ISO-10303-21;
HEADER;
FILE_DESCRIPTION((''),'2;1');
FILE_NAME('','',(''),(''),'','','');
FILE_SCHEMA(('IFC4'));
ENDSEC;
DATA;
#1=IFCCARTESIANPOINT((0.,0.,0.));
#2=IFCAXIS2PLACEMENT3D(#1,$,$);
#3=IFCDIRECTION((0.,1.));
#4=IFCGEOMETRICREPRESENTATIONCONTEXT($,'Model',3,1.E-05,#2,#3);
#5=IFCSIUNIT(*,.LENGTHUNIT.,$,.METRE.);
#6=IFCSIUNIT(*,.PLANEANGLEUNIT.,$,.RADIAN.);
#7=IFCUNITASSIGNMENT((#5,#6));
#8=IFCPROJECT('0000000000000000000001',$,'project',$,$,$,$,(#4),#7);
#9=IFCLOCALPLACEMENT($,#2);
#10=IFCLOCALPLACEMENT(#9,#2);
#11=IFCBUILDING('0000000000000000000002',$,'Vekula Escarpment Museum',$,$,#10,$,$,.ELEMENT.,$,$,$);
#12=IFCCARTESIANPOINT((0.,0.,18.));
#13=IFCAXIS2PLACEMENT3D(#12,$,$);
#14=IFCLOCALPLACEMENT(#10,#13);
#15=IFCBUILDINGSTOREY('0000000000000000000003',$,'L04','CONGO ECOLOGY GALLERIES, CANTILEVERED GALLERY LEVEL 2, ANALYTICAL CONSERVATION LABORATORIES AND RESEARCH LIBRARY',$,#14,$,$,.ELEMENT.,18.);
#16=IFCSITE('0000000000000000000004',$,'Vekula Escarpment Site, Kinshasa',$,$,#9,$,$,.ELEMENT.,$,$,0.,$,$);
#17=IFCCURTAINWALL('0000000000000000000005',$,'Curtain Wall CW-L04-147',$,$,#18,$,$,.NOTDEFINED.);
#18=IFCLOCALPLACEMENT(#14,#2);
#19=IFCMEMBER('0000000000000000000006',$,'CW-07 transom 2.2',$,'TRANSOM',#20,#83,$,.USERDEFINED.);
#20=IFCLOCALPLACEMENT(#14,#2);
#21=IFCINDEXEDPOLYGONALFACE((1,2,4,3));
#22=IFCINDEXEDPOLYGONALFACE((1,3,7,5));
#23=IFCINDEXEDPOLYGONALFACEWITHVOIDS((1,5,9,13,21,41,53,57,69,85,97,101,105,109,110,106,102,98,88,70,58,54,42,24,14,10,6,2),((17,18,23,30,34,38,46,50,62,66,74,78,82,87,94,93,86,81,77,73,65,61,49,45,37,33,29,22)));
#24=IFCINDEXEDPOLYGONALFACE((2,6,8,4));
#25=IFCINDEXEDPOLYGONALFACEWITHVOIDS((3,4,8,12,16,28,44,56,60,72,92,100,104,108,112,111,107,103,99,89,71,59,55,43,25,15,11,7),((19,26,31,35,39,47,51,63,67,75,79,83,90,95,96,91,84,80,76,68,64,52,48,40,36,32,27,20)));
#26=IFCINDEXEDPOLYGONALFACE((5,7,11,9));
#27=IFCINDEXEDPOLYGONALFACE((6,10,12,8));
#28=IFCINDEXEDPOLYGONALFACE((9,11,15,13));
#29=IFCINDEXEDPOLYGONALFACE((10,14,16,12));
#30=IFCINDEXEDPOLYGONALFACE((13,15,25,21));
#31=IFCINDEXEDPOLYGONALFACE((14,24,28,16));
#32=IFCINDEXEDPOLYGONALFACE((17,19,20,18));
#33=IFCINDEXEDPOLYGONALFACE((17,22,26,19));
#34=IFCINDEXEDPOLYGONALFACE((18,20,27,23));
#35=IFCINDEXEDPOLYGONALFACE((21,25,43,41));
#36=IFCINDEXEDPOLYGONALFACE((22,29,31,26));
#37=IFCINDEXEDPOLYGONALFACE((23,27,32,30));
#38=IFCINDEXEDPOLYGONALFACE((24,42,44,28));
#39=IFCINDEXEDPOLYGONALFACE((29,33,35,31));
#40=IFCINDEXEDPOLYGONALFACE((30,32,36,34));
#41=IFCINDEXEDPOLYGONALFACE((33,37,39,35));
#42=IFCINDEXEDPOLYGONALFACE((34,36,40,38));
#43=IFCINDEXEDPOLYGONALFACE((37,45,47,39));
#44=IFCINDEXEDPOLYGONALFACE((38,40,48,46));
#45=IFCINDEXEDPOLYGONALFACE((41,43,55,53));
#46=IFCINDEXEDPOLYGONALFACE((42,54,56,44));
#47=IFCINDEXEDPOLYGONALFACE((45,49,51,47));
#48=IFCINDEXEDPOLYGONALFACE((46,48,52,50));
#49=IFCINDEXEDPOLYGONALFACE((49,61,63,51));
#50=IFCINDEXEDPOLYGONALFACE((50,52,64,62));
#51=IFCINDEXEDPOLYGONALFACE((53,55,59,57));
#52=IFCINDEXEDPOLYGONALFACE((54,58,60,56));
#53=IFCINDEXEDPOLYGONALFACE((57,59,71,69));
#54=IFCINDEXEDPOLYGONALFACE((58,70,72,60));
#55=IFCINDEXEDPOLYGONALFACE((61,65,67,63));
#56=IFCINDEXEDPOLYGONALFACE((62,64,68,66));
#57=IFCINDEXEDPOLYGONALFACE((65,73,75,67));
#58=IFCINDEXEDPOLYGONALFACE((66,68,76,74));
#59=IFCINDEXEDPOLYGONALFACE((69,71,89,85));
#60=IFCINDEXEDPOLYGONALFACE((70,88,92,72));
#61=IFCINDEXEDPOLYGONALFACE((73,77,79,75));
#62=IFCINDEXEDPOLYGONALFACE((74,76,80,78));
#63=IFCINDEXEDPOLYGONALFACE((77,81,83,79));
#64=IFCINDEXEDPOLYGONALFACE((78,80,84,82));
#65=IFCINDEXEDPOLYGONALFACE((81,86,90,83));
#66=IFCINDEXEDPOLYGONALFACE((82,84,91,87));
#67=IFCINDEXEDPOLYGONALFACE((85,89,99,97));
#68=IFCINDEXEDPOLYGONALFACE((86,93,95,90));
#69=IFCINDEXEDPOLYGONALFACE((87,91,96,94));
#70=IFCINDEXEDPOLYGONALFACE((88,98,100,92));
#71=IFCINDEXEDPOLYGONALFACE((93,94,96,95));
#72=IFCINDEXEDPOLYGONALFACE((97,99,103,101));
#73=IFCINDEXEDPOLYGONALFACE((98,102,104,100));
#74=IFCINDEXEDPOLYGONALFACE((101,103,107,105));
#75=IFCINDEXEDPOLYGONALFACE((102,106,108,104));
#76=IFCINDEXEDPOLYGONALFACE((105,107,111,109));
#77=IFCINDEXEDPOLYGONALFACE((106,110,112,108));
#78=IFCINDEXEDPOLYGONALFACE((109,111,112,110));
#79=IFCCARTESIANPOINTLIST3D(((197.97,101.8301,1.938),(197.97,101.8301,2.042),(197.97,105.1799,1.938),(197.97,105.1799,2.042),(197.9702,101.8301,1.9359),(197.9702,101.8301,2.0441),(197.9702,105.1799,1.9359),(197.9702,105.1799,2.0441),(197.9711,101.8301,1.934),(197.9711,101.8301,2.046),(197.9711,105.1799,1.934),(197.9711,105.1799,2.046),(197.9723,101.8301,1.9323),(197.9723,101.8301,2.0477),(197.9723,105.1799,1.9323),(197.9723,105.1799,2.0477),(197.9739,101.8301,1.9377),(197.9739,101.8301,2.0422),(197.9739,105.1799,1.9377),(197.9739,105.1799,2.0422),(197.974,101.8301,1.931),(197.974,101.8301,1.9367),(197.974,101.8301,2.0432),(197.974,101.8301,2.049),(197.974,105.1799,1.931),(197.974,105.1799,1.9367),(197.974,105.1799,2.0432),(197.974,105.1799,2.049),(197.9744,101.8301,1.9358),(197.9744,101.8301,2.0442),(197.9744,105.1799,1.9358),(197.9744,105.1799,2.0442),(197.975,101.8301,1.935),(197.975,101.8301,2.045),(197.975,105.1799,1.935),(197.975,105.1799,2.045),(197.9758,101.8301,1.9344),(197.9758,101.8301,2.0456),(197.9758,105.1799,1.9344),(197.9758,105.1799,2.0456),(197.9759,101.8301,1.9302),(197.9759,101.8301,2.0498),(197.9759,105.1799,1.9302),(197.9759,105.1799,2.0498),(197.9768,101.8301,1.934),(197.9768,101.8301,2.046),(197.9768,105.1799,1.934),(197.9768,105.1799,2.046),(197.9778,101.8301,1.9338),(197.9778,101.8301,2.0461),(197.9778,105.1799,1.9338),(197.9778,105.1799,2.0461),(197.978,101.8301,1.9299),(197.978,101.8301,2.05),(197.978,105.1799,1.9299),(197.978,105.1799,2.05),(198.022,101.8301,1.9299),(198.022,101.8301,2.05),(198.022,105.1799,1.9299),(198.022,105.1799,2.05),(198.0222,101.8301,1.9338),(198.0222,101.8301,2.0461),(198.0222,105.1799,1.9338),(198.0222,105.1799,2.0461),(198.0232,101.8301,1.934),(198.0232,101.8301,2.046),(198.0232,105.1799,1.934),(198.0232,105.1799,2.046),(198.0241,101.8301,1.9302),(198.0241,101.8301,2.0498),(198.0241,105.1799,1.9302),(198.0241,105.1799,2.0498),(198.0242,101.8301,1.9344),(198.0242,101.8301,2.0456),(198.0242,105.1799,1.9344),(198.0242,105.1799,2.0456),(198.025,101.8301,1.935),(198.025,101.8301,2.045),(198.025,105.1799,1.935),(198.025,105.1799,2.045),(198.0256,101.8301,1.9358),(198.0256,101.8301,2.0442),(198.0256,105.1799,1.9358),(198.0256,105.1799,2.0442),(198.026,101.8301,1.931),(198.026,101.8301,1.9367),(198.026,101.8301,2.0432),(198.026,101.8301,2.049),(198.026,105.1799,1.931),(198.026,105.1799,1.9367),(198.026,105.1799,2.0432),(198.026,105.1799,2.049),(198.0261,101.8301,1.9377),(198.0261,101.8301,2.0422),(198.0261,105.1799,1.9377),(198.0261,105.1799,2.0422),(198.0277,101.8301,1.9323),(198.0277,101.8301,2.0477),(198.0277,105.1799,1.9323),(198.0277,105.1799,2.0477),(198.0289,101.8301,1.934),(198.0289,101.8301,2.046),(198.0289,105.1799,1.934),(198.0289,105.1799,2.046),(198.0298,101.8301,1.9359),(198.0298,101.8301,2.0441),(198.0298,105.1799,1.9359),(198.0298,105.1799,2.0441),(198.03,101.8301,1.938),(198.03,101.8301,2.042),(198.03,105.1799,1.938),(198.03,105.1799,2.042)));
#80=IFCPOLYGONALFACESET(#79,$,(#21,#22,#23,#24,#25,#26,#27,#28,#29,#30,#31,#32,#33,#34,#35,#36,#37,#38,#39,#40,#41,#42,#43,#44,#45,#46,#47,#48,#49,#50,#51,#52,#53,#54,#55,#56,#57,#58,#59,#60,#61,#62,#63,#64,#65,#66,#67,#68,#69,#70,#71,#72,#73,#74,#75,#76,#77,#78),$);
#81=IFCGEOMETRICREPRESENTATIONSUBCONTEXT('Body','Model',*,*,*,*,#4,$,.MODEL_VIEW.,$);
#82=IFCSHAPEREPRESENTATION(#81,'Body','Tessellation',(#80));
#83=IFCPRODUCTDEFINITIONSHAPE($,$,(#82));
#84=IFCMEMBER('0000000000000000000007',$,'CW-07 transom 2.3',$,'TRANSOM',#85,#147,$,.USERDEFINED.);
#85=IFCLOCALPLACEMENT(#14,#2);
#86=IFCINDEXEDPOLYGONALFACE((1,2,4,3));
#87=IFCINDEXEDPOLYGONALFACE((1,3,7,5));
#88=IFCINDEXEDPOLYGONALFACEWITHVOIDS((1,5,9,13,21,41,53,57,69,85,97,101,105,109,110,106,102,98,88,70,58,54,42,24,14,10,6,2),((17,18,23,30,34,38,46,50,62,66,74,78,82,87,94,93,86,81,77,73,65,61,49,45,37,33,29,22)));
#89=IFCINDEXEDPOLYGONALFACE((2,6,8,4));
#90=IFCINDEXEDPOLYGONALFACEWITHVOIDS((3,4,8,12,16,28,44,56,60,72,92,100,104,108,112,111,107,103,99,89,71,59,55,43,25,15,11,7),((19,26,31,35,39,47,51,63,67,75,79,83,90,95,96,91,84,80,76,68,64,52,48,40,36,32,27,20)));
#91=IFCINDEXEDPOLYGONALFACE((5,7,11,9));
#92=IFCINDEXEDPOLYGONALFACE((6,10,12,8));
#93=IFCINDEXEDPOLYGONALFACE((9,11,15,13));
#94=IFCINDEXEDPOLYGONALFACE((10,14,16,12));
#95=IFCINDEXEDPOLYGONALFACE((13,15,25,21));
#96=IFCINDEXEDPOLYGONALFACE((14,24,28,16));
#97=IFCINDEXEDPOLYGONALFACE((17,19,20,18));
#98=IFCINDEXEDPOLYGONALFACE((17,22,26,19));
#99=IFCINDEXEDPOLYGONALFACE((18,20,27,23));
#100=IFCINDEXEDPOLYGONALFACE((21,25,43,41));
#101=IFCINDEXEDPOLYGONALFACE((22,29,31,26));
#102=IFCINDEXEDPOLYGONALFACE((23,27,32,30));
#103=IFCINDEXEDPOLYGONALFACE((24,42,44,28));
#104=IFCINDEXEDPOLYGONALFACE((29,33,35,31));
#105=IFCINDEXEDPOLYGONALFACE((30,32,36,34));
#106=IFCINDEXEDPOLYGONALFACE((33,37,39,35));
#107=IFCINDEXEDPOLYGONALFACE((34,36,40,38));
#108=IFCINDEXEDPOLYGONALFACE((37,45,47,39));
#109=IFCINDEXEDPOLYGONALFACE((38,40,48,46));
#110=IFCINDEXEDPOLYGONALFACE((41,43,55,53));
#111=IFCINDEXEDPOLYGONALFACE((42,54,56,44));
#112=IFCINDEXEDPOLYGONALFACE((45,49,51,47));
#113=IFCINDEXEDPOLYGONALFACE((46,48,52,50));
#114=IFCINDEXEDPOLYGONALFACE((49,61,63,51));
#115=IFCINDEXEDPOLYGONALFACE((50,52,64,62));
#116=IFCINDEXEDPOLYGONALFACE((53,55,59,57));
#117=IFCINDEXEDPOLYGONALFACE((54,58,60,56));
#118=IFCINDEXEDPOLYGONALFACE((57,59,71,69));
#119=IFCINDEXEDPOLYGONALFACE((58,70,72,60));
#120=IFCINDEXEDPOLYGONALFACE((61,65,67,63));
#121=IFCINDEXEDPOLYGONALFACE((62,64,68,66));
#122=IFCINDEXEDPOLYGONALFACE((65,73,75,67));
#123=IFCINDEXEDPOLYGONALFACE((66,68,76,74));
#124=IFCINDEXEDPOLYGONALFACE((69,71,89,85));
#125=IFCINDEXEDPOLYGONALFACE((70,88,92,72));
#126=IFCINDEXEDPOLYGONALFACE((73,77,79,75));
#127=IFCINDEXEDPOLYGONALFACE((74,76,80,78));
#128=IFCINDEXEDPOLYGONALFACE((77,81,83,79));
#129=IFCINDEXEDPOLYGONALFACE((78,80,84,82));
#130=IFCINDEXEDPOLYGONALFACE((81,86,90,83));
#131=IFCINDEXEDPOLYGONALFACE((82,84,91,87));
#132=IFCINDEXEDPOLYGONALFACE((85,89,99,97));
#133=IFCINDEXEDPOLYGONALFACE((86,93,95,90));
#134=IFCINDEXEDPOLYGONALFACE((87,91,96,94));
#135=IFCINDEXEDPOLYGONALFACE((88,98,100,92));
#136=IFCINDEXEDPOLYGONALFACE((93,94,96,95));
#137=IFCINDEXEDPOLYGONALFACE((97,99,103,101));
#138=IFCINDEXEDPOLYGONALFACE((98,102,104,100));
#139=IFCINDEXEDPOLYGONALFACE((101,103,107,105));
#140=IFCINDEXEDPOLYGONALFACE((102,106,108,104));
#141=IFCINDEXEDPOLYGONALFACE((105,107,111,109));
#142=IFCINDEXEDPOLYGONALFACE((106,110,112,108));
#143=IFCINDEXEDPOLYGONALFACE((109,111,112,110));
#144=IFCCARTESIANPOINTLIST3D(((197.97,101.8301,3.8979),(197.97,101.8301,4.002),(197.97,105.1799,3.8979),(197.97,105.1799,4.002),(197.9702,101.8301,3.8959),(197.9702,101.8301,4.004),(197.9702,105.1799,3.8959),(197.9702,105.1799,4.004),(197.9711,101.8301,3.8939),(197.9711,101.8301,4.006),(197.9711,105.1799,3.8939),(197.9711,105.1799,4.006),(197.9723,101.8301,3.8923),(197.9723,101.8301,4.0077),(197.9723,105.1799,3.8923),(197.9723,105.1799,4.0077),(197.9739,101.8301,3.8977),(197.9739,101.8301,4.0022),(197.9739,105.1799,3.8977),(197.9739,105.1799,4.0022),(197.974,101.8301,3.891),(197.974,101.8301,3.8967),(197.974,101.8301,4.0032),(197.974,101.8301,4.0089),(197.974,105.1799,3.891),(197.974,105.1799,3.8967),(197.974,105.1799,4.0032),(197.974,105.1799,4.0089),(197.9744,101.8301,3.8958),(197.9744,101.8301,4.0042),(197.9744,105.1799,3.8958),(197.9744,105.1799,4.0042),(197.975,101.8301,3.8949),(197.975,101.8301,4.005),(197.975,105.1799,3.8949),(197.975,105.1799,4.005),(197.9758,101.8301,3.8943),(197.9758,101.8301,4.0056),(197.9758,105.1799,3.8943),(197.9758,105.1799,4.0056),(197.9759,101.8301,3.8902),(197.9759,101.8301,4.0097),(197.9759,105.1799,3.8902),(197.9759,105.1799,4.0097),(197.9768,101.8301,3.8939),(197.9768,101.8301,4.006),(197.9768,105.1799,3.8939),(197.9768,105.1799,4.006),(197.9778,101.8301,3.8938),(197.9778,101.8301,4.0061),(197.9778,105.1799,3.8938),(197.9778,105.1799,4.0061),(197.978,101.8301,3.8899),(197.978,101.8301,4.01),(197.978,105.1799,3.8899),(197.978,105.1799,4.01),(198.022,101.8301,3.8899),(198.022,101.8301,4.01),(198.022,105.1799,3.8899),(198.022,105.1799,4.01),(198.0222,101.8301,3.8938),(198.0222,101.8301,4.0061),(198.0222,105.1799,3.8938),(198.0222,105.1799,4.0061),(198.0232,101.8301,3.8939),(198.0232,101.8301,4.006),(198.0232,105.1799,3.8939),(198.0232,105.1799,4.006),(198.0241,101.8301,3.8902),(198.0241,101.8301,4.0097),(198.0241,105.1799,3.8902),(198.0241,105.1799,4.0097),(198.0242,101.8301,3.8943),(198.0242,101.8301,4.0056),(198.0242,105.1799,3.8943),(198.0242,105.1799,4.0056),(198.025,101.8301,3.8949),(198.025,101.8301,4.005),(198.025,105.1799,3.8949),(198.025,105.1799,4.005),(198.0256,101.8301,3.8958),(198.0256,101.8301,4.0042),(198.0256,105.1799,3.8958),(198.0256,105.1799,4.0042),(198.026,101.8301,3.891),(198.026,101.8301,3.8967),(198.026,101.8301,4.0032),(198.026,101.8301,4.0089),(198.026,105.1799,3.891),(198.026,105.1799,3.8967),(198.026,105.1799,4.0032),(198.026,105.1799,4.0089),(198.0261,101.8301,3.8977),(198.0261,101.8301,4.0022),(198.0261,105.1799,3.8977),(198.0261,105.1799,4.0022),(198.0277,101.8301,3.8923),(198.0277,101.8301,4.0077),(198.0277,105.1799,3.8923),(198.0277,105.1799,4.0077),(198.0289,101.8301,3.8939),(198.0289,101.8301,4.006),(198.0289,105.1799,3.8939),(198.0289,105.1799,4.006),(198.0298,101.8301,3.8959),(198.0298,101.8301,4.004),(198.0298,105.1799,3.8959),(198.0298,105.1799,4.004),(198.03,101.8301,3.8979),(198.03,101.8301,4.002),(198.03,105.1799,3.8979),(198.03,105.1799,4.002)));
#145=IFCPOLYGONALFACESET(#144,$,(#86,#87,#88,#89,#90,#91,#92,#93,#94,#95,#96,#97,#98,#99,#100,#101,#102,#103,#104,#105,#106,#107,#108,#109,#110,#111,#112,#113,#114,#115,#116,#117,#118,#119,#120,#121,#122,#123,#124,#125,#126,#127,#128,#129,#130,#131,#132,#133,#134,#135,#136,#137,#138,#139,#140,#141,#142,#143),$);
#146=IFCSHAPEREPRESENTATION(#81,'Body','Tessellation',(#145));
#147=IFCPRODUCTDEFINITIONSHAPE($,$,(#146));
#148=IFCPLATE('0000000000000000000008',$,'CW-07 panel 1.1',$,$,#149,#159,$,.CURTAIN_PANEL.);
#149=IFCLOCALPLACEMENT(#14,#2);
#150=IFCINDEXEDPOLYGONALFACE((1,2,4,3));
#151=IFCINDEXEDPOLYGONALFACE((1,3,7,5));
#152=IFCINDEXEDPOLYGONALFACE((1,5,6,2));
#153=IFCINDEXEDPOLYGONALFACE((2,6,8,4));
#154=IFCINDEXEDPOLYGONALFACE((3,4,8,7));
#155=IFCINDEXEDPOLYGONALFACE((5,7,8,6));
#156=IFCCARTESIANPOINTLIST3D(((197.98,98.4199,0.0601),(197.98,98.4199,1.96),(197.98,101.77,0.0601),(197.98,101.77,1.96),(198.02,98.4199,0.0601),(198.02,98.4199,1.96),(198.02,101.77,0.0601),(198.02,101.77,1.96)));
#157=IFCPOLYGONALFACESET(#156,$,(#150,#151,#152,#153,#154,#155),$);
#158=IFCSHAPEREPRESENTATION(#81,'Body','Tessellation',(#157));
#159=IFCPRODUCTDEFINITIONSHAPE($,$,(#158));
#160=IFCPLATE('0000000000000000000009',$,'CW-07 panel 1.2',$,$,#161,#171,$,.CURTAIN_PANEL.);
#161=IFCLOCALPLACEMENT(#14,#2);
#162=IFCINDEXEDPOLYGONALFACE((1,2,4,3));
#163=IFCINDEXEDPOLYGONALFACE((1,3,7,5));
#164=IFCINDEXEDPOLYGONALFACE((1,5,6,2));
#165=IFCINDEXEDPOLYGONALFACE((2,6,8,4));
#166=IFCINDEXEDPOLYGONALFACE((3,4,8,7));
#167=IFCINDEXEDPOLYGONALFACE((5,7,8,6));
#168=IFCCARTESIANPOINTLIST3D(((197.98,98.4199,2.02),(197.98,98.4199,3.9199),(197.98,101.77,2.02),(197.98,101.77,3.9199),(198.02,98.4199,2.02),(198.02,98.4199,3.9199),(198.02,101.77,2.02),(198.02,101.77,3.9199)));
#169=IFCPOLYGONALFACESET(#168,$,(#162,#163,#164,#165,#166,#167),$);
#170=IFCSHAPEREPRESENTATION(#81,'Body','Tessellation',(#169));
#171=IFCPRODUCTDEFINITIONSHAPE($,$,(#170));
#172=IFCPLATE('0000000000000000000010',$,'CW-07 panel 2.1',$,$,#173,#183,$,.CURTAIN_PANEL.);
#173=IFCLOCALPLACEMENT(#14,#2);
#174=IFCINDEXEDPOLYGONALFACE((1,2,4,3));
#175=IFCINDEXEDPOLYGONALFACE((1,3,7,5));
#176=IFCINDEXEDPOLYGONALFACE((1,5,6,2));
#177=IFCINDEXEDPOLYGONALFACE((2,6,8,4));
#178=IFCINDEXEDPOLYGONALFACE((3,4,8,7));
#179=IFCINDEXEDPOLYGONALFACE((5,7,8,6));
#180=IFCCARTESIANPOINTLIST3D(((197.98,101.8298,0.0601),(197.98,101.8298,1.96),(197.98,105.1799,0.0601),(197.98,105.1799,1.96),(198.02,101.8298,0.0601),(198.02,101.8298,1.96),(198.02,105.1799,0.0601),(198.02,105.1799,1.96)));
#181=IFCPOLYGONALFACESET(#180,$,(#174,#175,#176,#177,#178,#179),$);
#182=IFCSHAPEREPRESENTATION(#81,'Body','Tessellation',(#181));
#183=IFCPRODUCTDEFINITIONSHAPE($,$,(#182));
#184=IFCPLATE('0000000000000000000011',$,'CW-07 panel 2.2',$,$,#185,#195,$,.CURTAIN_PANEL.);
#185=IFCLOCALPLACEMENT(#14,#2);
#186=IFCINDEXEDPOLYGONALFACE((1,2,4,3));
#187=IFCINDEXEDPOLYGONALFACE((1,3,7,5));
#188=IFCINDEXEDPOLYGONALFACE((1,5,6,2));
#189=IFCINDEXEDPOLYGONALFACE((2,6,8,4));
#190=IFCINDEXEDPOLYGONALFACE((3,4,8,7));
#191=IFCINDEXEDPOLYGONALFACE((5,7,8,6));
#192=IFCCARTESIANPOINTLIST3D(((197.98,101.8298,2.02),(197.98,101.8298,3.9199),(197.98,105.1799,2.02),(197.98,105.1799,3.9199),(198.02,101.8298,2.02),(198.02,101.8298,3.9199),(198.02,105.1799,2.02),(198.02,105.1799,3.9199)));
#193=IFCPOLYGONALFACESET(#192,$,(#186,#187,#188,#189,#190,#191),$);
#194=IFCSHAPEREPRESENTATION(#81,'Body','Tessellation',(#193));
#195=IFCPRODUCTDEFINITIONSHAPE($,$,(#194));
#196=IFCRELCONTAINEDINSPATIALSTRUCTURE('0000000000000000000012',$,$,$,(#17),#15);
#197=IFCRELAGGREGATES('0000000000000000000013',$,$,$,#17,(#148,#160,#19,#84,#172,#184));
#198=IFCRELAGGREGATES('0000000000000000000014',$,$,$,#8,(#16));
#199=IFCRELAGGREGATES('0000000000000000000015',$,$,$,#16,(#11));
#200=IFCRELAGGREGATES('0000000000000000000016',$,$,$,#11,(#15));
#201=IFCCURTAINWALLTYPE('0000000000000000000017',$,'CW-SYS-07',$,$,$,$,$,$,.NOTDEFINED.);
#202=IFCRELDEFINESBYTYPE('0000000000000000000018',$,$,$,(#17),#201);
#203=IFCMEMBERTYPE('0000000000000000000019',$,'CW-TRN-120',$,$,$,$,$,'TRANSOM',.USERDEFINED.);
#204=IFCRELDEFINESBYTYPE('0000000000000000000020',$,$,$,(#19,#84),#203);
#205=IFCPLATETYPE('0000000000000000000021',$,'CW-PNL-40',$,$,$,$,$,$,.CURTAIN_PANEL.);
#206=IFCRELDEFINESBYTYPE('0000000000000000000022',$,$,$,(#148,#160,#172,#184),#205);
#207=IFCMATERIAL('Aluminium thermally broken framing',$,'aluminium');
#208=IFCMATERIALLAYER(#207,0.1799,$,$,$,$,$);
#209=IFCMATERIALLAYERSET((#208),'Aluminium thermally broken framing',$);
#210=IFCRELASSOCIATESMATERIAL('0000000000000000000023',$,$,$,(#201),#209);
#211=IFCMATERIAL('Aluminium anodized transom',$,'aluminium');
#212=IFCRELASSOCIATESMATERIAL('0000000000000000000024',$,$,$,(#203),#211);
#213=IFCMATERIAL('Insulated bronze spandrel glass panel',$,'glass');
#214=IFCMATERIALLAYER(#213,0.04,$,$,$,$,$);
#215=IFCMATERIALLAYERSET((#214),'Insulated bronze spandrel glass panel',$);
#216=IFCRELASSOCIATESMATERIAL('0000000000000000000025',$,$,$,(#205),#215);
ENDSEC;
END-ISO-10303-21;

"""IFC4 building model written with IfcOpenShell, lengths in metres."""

from ifc_helpers import new_model, si_unit, direction, frame, origin, origin_2d, place, context, subcontext, project, spatial, rectangle, hollow_rectangle, extrude, material, layer, layer_set, material_profile, profile_set, type_object, element, aggregate, save


model = new_model("IFC4")

# Units and contexts
model_context = context("Model", 3, precision=1e-05, world=origin(), true_north=direction((0.0, 1.0)))
body_context = subcontext(model_context, "Body", "Model", "MODEL_VIEW")
ifc_project = project(units=[si_unit("LENGTHUNIT", "METRE"), si_unit("PLANEANGLEUNIT", "RADIAN")], contexts=[model_context])

# Site, building, storey
site_placement = place(None, origin())
site = spatial("IfcSite", under=ifc_project, at=site_placement, Name="Vekula Escarpment Site, Kinshasa", CompositionType="ELEMENT", RefElevation=0.0)
building_placement = place(site_placement, origin())
building = spatial("IfcBuilding", under=site, at=building_placement, Name="Vekula Escarpment Museum", CompositionType="ELEMENT")
storey_placement = place(building_placement, frame((0.0, 0.0, 18.0)))
storey = spatial("IfcBuildingStorey", under=building, at=storey_placement, Name="L04", Description="CONGO ECOLOGY GALLERIES, CANTILEVERED GALLERY LEVEL 2, ANALYTICAL CONSERVATION LABORATORIES AND RESEARCH LIBRARY", CompositionType="ELEMENT", Elevation=18.0)

# Curtain wall, members, plates
ifc_material_1 = material(Name="Aluminium thermally broken framing", Category="aluminium")
ifc_layer_1 = layer(ifc_material_1, 0.1799)
ifc_layer_set_1 = layer_set([ifc_layer_1], Name="Aluminium thermally broken framing")
curtain_wall_type = type_object("IfcCurtainWallType", Name="CW-SYS-07", PredefinedType="NOTDEFINED", material=ifc_layer_set_1)
curtain_wall_placement = place(storey_placement, origin())
curtain_wall = element("IfcCurtainWall", 1, at=curtain_wall_placement, inside=storey, type_object=curtain_wall_type, Name="Curtain Wall CW-L04-147", PredefinedType="NOTDEFINED")
ifc_material_2 = material(Name="Aluminium anodized transom", Category="aluminium")
ifc_material_profile_1 = material_profile(ifc_material_2, hollow_rectangle(XDim=0.0601, YDim=0.1201, WallThickness=0.0039, InnerFilletRadius=0.0039, OuterFilletRadius=0.0081, at=origin_2d()), Name="ALU 120x60x4")
ifc_profile_set_1 = profile_set([ifc_material_profile_1], Name="Aluminium anodized transom")
member_type_1 = type_object("IfcMemberType", Name="CW-TRN-120", ElementType="TRANSOM", PredefinedType="USERDEFINED", material=ifc_profile_set_1)
member_1_placement = place(storey_placement, frame((198.0, 101.8301, 1.99), z_axis=(0.0, 1.0, 0.0), x_axis=(-1.0, 0.0, 0.0)))
member_1 = element("IfcMember", 2, at=member_1_placement, type_object=member_type_1, Name="CW-07 transom 2.2", ObjectType="TRANSOM", PredefinedType="USERDEFINED", context=body_context, shape_type="SweptSolid", body=[
    extrude(hollow_rectangle(XDim=0.0601, YDim=0.1201, WallThickness=0.0039, InnerFilletRadius=0.0039, OuterFilletRadius=0.0081, at=origin_2d()), origin(), (0.0, 0.0, 1.0), 3.3499),
])
member_2_placement = place(storey_placement, frame((198.0, 101.8301, 3.95), z_axis=(0.0, 1.0, 0.0), x_axis=(-1.0, 0.0, 0.0)))
member_2 = element("IfcMember", 3, at=member_2_placement, type_object=member_type_1, Name="CW-07 transom 2.3", ObjectType="TRANSOM", PredefinedType="USERDEFINED", context=body_context, shape_type="SweptSolid", body=[
    extrude(hollow_rectangle(XDim=0.0601, YDim=0.1201, WallThickness=0.0039, InnerFilletRadius=0.0039, OuterFilletRadius=0.0081, at=origin_2d()), origin(), (0.0, 0.0, 1.0), 3.3499),
])
ifc_material_3 = material(Name="Insulated bronze spandrel glass panel", Category="glass")
ifc_layer_2 = layer(ifc_material_3, 0.04)
ifc_layer_set_2 = layer_set([ifc_layer_2], Name="Insulated bronze spandrel glass panel")
plate_type = type_object("IfcPlateType", Name="CW-PNL-40", PredefinedType="CURTAIN_PANEL", material=ifc_layer_set_2)
plate_1_placement = place(storey_placement, frame((198.0, 100.095, 0.0601), z_axis=(0.0, 0.0, 1.0), x_axis=(0.0, 1.0, 0.0)))
plate_1 = element("IfcPlate", 4, at=plate_1_placement, type_object=plate_type, Name="CW-07 panel 1.1", PredefinedType="CURTAIN_PANEL", context=body_context, shape_type="SweptSolid", body=[
    extrude(rectangle(XDim=3.3501, YDim=0.04, at=origin_2d()), origin(), (0.0, 0.0, 1.0), 1.8999),
])
plate_2_placement = place(storey_placement, frame((198.0, 100.095, 2.02), z_axis=(0.0, 0.0, 1.0), x_axis=(0.0, 1.0, 0.0)))
plate_2 = element("IfcPlate", 5, at=plate_2_placement, type_object=plate_type, Name="CW-07 panel 1.2", PredefinedType="CURTAIN_PANEL", context=body_context, shape_type="SweptSolid", body=[
    extrude(rectangle(XDim=3.3501, YDim=0.04, at=origin_2d()), origin(), (0.0, 0.0, 1.0), 1.8999),
])
plate_3_placement = place(storey_placement, frame((198.0, 103.5049, 0.0601), z_axis=(0.0, 0.0, 1.0), x_axis=(0.0, 1.0, 0.0)))
plate_3 = element("IfcPlate", 6, at=plate_3_placement, type_object=plate_type, Name="CW-07 panel 2.1", PredefinedType="CURTAIN_PANEL", context=body_context, shape_type="SweptSolid", body=[
    extrude(rectangle(XDim=3.3501, YDim=0.04, at=origin_2d()), origin(), (0.0, 0.0, 1.0), 1.8999),
])
plate_4_placement = place(storey_placement, frame((198.0, 103.5049, 2.02), z_axis=(0.0, 0.0, 1.0), x_axis=(0.0, 1.0, 0.0)))
plate_4 = element("IfcPlate", 7, at=plate_4_placement, type_object=plate_type, Name="CW-07 panel 2.2", PredefinedType="CURTAIN_PANEL", context=body_context, shape_type="SweptSolid", body=[
    extrude(rectangle(XDim=3.3501, YDim=0.04, at=origin_2d()), origin(), (0.0, 0.0, 1.0), 1.8999),
])
aggregate(curtain_wall, [plate_1, plate_2, member_1, member_2, plate_3, plate_4])

save(model, "model.ifc")
